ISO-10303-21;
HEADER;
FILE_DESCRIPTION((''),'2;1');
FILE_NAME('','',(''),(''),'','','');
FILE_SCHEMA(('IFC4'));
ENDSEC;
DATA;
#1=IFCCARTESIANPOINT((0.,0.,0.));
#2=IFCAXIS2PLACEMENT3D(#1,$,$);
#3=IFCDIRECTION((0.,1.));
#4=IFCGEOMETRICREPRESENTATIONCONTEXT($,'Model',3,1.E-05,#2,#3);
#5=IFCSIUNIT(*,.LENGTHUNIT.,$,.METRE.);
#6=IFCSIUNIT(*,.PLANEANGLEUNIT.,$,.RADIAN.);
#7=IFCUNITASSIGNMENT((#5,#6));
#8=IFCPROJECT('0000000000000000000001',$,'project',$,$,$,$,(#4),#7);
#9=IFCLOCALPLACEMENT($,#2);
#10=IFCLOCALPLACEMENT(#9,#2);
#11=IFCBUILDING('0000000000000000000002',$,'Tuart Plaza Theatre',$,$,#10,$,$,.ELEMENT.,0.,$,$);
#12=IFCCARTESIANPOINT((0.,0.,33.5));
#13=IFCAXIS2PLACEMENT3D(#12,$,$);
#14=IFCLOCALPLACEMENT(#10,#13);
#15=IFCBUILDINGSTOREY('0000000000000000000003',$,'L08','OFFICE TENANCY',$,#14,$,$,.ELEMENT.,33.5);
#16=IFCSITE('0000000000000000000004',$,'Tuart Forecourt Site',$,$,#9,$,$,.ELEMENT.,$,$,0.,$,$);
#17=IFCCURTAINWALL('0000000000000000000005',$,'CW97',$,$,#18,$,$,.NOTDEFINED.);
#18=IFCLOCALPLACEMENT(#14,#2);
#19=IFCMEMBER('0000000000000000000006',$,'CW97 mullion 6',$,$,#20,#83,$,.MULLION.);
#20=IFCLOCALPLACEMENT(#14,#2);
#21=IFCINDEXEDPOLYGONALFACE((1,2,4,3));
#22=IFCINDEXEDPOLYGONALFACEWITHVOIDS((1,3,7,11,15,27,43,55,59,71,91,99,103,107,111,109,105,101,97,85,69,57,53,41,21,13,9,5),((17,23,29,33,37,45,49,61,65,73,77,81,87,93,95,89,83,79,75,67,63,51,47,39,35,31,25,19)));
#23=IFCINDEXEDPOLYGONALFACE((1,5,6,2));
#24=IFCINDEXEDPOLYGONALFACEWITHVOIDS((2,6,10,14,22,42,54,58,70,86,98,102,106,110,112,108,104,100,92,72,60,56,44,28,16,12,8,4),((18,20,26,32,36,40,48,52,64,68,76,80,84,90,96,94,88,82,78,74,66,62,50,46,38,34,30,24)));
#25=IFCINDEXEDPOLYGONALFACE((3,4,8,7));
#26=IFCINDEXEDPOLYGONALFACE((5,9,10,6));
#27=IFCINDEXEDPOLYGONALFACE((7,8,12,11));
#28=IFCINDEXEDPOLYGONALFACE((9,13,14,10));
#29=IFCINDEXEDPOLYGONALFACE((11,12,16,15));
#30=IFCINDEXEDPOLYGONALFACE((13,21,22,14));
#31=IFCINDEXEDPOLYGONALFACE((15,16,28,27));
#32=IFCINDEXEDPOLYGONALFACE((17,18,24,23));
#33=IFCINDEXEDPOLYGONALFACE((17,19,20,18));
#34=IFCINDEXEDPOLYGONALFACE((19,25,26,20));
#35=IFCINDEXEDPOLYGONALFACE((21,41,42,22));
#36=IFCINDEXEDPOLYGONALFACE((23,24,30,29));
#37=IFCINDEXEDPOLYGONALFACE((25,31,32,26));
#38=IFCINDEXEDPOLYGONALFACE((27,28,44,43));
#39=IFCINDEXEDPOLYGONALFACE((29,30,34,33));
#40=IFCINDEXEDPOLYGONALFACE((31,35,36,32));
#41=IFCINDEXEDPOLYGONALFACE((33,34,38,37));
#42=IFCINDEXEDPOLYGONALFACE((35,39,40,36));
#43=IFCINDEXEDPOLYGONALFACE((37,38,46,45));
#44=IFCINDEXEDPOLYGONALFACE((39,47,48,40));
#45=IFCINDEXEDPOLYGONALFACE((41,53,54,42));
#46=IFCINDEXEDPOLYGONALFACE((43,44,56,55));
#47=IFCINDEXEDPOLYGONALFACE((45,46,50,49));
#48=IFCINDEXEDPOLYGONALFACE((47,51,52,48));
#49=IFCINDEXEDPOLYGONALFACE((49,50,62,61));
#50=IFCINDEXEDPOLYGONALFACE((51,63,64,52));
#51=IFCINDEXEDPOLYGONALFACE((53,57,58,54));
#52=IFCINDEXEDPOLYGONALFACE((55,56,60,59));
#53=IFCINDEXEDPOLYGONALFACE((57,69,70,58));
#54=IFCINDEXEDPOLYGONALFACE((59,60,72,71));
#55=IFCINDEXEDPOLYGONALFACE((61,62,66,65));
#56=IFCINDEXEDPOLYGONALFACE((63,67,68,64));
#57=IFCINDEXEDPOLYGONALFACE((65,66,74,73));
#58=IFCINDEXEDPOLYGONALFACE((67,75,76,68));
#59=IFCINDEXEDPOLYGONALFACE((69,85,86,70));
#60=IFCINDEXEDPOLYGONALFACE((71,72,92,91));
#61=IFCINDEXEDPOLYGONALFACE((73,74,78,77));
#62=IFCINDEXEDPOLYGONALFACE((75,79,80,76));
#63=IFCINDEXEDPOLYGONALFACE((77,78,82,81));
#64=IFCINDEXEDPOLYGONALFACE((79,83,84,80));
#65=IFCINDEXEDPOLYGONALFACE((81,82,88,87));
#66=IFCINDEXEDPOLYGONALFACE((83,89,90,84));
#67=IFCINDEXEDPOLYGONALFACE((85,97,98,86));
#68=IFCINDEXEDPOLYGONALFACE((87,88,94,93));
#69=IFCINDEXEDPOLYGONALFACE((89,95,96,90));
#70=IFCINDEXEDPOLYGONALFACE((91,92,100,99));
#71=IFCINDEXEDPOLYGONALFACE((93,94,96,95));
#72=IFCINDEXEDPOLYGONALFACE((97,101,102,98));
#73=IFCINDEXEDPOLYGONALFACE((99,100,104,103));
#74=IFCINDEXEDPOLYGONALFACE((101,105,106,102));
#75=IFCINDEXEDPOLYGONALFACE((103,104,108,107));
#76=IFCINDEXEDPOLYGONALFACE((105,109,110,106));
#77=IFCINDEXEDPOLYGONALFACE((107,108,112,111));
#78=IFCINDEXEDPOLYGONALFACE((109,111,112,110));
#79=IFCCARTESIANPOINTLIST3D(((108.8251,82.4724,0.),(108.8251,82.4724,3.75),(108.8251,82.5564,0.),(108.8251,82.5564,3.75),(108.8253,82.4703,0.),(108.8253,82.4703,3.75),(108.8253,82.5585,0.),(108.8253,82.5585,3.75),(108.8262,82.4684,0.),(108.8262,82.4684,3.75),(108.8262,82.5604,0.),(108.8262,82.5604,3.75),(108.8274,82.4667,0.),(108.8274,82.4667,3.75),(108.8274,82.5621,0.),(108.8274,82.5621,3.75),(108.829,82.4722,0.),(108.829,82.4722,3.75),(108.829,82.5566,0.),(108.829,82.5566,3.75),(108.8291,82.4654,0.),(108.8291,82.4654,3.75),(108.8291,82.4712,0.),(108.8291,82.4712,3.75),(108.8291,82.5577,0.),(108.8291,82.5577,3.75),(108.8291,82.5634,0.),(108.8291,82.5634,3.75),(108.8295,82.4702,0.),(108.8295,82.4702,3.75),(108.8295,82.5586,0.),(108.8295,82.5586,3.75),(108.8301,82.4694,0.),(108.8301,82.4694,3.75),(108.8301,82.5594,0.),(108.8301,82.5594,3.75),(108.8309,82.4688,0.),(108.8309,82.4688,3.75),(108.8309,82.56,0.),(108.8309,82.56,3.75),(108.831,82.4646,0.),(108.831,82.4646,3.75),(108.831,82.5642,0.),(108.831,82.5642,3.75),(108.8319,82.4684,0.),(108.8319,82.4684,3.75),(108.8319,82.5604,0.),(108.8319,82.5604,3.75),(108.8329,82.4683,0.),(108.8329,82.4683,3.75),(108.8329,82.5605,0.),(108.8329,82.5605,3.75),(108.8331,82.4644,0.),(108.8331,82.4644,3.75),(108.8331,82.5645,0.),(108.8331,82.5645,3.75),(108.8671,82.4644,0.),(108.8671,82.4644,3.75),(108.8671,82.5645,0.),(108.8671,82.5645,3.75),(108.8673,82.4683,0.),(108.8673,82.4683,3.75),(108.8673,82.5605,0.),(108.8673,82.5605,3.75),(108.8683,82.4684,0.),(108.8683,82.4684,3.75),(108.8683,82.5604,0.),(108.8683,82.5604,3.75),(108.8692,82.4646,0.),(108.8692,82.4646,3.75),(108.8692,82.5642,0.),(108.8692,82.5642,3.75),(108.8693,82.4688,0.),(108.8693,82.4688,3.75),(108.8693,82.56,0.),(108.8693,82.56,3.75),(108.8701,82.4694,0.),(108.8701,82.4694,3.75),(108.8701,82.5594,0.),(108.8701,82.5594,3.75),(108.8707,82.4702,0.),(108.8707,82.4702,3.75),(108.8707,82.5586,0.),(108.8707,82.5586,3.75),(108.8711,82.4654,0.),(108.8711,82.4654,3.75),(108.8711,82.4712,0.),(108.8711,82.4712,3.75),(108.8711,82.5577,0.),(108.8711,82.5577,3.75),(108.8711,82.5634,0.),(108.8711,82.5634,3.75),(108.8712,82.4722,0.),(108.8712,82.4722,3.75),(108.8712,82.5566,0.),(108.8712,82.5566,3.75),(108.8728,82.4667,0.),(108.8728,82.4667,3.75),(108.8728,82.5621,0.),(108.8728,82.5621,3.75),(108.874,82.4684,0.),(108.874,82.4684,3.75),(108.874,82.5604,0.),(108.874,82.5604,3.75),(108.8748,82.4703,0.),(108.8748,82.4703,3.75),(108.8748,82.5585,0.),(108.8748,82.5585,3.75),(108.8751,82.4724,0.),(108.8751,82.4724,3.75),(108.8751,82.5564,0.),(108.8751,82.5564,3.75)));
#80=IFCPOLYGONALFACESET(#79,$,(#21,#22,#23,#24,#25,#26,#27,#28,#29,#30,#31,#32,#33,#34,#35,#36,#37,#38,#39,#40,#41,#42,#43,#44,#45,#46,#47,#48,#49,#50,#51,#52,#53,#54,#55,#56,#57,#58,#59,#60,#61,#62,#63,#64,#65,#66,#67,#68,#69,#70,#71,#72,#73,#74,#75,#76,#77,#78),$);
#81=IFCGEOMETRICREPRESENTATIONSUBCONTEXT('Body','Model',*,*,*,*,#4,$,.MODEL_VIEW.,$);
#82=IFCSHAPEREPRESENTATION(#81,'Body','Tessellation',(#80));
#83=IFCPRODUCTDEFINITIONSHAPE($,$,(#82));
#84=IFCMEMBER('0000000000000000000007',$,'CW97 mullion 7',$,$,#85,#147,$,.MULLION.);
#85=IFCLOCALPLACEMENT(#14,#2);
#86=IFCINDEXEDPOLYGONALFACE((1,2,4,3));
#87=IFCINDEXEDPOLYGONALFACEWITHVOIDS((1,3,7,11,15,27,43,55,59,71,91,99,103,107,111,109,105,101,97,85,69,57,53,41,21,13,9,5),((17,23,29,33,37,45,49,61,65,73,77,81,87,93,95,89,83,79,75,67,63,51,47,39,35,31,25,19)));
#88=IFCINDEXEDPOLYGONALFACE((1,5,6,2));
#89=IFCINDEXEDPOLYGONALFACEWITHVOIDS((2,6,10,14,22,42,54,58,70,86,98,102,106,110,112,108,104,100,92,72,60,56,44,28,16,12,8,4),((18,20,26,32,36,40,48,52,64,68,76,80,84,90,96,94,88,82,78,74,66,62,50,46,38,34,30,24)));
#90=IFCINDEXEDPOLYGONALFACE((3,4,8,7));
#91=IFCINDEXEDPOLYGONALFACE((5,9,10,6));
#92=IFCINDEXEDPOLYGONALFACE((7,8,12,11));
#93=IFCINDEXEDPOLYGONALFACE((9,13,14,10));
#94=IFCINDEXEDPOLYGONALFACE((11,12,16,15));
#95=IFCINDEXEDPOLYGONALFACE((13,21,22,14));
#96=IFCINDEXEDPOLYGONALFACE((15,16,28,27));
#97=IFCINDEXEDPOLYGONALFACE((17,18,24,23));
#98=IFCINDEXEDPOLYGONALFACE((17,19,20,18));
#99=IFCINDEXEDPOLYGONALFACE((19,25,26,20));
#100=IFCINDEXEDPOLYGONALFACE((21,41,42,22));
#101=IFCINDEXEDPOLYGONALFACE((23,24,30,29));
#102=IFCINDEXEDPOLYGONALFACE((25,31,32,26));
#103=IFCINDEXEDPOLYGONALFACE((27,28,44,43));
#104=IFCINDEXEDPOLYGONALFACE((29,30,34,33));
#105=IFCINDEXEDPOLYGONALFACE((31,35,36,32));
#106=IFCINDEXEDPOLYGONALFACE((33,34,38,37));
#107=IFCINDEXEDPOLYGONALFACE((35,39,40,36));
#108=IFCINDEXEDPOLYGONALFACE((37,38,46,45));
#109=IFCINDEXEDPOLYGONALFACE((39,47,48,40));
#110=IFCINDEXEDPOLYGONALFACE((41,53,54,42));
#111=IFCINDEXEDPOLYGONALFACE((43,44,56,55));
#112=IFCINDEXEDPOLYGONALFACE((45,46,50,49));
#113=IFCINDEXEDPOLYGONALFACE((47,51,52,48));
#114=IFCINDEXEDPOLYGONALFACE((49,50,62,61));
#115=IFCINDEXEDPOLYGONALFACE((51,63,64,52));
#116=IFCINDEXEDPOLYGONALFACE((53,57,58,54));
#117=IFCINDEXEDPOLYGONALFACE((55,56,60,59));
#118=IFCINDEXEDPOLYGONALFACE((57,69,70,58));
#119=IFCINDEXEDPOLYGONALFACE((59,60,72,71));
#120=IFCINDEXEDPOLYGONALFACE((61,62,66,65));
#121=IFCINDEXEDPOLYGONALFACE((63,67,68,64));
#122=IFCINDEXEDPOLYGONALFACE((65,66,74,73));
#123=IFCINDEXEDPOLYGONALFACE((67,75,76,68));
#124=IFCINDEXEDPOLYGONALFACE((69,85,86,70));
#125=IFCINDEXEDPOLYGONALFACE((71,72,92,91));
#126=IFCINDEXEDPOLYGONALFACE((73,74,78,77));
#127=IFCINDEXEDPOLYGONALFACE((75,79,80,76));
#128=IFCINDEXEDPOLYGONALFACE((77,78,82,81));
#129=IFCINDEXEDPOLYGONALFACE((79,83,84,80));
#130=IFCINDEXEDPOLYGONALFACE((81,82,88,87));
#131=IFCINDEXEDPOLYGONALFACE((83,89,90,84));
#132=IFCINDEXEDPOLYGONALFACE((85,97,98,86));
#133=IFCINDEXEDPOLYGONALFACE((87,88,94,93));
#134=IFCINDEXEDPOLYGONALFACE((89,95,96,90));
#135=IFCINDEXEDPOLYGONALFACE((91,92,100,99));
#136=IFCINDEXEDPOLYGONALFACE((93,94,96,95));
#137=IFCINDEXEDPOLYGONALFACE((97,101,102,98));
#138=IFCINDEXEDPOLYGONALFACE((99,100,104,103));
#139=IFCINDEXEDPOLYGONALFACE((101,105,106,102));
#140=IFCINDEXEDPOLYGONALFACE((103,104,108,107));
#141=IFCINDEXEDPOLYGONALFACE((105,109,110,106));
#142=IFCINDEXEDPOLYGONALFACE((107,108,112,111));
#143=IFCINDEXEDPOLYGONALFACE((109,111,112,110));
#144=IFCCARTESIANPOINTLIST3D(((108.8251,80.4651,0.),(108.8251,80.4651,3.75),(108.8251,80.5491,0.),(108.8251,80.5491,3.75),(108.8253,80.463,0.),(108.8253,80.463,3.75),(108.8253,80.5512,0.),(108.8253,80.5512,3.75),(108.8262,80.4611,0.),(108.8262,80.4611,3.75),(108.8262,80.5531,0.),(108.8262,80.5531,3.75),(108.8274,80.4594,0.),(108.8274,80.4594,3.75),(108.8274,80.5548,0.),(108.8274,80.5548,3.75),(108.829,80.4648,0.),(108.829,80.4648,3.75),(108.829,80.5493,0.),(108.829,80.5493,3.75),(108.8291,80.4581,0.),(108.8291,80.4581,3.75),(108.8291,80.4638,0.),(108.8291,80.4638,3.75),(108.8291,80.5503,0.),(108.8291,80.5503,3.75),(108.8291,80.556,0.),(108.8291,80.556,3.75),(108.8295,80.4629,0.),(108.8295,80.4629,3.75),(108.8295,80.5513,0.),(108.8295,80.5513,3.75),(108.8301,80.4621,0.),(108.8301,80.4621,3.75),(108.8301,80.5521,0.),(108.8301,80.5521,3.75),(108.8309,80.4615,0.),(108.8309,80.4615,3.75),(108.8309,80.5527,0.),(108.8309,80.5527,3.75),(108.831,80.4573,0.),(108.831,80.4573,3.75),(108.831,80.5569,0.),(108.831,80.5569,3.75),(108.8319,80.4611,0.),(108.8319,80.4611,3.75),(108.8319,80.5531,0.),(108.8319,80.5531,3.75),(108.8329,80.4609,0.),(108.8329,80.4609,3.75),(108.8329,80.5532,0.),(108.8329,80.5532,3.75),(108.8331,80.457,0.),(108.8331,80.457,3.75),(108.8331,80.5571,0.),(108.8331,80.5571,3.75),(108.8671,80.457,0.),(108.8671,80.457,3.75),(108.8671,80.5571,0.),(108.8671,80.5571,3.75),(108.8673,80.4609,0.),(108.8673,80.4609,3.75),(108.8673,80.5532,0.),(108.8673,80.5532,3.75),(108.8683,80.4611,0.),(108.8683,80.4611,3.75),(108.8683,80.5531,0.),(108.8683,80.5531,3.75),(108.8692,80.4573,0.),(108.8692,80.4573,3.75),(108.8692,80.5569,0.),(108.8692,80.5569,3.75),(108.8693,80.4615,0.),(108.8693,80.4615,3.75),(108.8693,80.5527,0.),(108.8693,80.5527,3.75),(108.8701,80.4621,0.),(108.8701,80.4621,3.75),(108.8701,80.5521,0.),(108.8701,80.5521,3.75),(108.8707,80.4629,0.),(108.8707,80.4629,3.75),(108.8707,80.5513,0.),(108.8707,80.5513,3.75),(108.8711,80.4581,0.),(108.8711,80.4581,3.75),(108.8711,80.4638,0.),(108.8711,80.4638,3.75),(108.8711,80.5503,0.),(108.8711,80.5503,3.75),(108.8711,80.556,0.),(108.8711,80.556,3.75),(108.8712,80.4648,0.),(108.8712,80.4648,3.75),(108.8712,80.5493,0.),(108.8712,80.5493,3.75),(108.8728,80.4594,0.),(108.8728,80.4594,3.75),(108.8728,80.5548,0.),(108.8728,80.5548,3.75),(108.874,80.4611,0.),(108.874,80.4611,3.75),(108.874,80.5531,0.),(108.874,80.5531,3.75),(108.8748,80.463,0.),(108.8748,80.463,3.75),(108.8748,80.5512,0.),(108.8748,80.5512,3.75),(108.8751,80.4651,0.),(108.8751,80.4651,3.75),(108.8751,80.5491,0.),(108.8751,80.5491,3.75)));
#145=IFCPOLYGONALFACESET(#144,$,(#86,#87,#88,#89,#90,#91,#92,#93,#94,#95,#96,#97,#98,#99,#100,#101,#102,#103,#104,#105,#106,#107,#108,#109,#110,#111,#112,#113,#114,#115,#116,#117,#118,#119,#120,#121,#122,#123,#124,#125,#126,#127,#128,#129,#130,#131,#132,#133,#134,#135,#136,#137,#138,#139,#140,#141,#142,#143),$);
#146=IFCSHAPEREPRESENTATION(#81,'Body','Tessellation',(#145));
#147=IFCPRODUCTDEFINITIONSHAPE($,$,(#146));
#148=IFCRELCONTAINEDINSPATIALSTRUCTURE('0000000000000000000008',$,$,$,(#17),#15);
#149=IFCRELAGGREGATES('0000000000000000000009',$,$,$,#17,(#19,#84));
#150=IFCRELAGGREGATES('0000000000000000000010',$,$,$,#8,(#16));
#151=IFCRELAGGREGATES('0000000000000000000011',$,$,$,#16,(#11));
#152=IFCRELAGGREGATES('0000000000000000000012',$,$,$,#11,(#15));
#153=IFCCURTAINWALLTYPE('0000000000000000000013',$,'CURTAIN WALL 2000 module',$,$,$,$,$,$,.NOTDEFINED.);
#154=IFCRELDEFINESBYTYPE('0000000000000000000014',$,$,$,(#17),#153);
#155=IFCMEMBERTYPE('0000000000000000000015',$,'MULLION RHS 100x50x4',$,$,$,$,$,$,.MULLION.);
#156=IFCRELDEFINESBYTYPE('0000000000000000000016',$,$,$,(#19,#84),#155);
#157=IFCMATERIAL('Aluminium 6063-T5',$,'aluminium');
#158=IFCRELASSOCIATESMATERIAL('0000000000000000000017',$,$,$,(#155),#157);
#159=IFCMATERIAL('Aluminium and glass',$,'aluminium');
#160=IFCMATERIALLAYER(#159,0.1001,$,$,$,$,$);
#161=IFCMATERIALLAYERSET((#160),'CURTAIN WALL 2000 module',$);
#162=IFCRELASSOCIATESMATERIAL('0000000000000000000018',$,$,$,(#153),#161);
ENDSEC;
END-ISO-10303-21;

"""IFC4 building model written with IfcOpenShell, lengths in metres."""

from ifc_helpers import new_model, si_unit, direction, frame, origin, origin_2d, place, context, subcontext, project, spatial, hollow_rectangle, extrude, material, layer, layer_set, material_profile, profile_set, type_object, element, aggregate, save


model = new_model("IFC4")

# Units and contexts
model_context = context("Model", 3, precision=1e-05, world=origin(), true_north=direction((0.0, 1.0)))
body_context = subcontext(model_context, "Body", "Model", "MODEL_VIEW")
ifc_project = project(units=[si_unit("LENGTHUNIT", "METRE"), si_unit("PLANEANGLEUNIT", "RADIAN")], contexts=[model_context])

# Site, building, storey
site_placement = place(None, origin())
site = spatial("IfcSite", under=ifc_project, at=site_placement, Name="Tuart Forecourt Site", CompositionType="ELEMENT", RefElevation=0.0)
building_placement = place(site_placement, origin())
building = spatial("IfcBuilding", under=site, at=building_placement, Name="Tuart Plaza Theatre", CompositionType="ELEMENT", ElevationOfRefHeight=0.0)
storey_placement = place(building_placement, frame((0.0, 0.0, 33.5)))
storey = spatial("IfcBuildingStorey", under=building, at=storey_placement, Name="L08", Description="OFFICE TENANCY", CompositionType="ELEMENT", Elevation=33.5)

# Shared definitions
ifc_material_1 = material(Name="Aluminium 6063-T5", Category="aluminium")
ifc_material_profile_1 = material_profile(ifc_material_1, hollow_rectangle(XDim=0.05, YDim=0.1001, WallThickness=0.0039, InnerFilletRadius=0.0039, OuterFilletRadius=0.0081, at=origin_2d()), Name="RHS 100x50x4")
ifc_profile_set_1 = profile_set([ifc_material_profile_1], Name="Aluminium 6063-T5")
member_type_1 = type_object("IfcMemberType", Name="MULLION RHS 100x50x4", PredefinedType="MULLION", material=ifc_profile_set_1)

# Curtain wall, members
ifc_material_2 = material(Name="Aluminium and glass", Category="aluminium")
ifc_layer_1 = layer(ifc_material_2, 0.1001)
ifc_layer_set_1 = layer_set([ifc_layer_1], Name="CURTAIN WALL 2000 module")
curtain_wall_type_1 = type_object("IfcCurtainWallType", Name="CURTAIN WALL 2000 module", PredefinedType="NOTDEFINED", material=ifc_layer_set_1)
curtain_wall_1_placement = place(storey_placement, origin())
curtain_wall_1 = element("IfcCurtainWall", 1, at=curtain_wall_1_placement, inside=storey, type_object=curtain_wall_type_1, Name="CW97", PredefinedType="NOTDEFINED")
member_1_placement = place(storey_placement, frame((108.8501, 82.5144, 0.0), z_axis=(0.0, 0.0, 1.0), x_axis=(1.0, 0.0, 0.0)))
member_1 = element("IfcMember", 2, at=member_1_placement, type_object=member_type_1, Name="CW97 mullion 6", PredefinedType="MULLION", context=body_context, shape_type="SweptSolid", body=[
    extrude(hollow_rectangle(XDim=0.05, YDim=0.1001, WallThickness=0.0039, InnerFilletRadius=0.0039, OuterFilletRadius=0.0081, at=origin_2d()), origin(), (0.0, 0.0, 1.0), 3.75),
])
member_2_placement = place(storey_placement, frame((108.8501, 80.5071, 0.0), z_axis=(0.0, 0.0, 1.0), x_axis=(1.0, 0.0, 0.0)))
member_2 = element("IfcMember", 3, at=member_2_placement, type_object=member_type_1, Name="CW97 mullion 7", PredefinedType="MULLION", context=body_context, shape_type="SweptSolid", body=[
    extrude(hollow_rectangle(XDim=0.05, YDim=0.1001, WallThickness=0.0039, InnerFilletRadius=0.0039, OuterFilletRadius=0.0081, at=origin_2d()), origin(), (0.0, 0.0, 1.0), 3.75),
])
aggregate(curtain_wall_1, [member_1, member_2])

save(model, "model.ifc")
